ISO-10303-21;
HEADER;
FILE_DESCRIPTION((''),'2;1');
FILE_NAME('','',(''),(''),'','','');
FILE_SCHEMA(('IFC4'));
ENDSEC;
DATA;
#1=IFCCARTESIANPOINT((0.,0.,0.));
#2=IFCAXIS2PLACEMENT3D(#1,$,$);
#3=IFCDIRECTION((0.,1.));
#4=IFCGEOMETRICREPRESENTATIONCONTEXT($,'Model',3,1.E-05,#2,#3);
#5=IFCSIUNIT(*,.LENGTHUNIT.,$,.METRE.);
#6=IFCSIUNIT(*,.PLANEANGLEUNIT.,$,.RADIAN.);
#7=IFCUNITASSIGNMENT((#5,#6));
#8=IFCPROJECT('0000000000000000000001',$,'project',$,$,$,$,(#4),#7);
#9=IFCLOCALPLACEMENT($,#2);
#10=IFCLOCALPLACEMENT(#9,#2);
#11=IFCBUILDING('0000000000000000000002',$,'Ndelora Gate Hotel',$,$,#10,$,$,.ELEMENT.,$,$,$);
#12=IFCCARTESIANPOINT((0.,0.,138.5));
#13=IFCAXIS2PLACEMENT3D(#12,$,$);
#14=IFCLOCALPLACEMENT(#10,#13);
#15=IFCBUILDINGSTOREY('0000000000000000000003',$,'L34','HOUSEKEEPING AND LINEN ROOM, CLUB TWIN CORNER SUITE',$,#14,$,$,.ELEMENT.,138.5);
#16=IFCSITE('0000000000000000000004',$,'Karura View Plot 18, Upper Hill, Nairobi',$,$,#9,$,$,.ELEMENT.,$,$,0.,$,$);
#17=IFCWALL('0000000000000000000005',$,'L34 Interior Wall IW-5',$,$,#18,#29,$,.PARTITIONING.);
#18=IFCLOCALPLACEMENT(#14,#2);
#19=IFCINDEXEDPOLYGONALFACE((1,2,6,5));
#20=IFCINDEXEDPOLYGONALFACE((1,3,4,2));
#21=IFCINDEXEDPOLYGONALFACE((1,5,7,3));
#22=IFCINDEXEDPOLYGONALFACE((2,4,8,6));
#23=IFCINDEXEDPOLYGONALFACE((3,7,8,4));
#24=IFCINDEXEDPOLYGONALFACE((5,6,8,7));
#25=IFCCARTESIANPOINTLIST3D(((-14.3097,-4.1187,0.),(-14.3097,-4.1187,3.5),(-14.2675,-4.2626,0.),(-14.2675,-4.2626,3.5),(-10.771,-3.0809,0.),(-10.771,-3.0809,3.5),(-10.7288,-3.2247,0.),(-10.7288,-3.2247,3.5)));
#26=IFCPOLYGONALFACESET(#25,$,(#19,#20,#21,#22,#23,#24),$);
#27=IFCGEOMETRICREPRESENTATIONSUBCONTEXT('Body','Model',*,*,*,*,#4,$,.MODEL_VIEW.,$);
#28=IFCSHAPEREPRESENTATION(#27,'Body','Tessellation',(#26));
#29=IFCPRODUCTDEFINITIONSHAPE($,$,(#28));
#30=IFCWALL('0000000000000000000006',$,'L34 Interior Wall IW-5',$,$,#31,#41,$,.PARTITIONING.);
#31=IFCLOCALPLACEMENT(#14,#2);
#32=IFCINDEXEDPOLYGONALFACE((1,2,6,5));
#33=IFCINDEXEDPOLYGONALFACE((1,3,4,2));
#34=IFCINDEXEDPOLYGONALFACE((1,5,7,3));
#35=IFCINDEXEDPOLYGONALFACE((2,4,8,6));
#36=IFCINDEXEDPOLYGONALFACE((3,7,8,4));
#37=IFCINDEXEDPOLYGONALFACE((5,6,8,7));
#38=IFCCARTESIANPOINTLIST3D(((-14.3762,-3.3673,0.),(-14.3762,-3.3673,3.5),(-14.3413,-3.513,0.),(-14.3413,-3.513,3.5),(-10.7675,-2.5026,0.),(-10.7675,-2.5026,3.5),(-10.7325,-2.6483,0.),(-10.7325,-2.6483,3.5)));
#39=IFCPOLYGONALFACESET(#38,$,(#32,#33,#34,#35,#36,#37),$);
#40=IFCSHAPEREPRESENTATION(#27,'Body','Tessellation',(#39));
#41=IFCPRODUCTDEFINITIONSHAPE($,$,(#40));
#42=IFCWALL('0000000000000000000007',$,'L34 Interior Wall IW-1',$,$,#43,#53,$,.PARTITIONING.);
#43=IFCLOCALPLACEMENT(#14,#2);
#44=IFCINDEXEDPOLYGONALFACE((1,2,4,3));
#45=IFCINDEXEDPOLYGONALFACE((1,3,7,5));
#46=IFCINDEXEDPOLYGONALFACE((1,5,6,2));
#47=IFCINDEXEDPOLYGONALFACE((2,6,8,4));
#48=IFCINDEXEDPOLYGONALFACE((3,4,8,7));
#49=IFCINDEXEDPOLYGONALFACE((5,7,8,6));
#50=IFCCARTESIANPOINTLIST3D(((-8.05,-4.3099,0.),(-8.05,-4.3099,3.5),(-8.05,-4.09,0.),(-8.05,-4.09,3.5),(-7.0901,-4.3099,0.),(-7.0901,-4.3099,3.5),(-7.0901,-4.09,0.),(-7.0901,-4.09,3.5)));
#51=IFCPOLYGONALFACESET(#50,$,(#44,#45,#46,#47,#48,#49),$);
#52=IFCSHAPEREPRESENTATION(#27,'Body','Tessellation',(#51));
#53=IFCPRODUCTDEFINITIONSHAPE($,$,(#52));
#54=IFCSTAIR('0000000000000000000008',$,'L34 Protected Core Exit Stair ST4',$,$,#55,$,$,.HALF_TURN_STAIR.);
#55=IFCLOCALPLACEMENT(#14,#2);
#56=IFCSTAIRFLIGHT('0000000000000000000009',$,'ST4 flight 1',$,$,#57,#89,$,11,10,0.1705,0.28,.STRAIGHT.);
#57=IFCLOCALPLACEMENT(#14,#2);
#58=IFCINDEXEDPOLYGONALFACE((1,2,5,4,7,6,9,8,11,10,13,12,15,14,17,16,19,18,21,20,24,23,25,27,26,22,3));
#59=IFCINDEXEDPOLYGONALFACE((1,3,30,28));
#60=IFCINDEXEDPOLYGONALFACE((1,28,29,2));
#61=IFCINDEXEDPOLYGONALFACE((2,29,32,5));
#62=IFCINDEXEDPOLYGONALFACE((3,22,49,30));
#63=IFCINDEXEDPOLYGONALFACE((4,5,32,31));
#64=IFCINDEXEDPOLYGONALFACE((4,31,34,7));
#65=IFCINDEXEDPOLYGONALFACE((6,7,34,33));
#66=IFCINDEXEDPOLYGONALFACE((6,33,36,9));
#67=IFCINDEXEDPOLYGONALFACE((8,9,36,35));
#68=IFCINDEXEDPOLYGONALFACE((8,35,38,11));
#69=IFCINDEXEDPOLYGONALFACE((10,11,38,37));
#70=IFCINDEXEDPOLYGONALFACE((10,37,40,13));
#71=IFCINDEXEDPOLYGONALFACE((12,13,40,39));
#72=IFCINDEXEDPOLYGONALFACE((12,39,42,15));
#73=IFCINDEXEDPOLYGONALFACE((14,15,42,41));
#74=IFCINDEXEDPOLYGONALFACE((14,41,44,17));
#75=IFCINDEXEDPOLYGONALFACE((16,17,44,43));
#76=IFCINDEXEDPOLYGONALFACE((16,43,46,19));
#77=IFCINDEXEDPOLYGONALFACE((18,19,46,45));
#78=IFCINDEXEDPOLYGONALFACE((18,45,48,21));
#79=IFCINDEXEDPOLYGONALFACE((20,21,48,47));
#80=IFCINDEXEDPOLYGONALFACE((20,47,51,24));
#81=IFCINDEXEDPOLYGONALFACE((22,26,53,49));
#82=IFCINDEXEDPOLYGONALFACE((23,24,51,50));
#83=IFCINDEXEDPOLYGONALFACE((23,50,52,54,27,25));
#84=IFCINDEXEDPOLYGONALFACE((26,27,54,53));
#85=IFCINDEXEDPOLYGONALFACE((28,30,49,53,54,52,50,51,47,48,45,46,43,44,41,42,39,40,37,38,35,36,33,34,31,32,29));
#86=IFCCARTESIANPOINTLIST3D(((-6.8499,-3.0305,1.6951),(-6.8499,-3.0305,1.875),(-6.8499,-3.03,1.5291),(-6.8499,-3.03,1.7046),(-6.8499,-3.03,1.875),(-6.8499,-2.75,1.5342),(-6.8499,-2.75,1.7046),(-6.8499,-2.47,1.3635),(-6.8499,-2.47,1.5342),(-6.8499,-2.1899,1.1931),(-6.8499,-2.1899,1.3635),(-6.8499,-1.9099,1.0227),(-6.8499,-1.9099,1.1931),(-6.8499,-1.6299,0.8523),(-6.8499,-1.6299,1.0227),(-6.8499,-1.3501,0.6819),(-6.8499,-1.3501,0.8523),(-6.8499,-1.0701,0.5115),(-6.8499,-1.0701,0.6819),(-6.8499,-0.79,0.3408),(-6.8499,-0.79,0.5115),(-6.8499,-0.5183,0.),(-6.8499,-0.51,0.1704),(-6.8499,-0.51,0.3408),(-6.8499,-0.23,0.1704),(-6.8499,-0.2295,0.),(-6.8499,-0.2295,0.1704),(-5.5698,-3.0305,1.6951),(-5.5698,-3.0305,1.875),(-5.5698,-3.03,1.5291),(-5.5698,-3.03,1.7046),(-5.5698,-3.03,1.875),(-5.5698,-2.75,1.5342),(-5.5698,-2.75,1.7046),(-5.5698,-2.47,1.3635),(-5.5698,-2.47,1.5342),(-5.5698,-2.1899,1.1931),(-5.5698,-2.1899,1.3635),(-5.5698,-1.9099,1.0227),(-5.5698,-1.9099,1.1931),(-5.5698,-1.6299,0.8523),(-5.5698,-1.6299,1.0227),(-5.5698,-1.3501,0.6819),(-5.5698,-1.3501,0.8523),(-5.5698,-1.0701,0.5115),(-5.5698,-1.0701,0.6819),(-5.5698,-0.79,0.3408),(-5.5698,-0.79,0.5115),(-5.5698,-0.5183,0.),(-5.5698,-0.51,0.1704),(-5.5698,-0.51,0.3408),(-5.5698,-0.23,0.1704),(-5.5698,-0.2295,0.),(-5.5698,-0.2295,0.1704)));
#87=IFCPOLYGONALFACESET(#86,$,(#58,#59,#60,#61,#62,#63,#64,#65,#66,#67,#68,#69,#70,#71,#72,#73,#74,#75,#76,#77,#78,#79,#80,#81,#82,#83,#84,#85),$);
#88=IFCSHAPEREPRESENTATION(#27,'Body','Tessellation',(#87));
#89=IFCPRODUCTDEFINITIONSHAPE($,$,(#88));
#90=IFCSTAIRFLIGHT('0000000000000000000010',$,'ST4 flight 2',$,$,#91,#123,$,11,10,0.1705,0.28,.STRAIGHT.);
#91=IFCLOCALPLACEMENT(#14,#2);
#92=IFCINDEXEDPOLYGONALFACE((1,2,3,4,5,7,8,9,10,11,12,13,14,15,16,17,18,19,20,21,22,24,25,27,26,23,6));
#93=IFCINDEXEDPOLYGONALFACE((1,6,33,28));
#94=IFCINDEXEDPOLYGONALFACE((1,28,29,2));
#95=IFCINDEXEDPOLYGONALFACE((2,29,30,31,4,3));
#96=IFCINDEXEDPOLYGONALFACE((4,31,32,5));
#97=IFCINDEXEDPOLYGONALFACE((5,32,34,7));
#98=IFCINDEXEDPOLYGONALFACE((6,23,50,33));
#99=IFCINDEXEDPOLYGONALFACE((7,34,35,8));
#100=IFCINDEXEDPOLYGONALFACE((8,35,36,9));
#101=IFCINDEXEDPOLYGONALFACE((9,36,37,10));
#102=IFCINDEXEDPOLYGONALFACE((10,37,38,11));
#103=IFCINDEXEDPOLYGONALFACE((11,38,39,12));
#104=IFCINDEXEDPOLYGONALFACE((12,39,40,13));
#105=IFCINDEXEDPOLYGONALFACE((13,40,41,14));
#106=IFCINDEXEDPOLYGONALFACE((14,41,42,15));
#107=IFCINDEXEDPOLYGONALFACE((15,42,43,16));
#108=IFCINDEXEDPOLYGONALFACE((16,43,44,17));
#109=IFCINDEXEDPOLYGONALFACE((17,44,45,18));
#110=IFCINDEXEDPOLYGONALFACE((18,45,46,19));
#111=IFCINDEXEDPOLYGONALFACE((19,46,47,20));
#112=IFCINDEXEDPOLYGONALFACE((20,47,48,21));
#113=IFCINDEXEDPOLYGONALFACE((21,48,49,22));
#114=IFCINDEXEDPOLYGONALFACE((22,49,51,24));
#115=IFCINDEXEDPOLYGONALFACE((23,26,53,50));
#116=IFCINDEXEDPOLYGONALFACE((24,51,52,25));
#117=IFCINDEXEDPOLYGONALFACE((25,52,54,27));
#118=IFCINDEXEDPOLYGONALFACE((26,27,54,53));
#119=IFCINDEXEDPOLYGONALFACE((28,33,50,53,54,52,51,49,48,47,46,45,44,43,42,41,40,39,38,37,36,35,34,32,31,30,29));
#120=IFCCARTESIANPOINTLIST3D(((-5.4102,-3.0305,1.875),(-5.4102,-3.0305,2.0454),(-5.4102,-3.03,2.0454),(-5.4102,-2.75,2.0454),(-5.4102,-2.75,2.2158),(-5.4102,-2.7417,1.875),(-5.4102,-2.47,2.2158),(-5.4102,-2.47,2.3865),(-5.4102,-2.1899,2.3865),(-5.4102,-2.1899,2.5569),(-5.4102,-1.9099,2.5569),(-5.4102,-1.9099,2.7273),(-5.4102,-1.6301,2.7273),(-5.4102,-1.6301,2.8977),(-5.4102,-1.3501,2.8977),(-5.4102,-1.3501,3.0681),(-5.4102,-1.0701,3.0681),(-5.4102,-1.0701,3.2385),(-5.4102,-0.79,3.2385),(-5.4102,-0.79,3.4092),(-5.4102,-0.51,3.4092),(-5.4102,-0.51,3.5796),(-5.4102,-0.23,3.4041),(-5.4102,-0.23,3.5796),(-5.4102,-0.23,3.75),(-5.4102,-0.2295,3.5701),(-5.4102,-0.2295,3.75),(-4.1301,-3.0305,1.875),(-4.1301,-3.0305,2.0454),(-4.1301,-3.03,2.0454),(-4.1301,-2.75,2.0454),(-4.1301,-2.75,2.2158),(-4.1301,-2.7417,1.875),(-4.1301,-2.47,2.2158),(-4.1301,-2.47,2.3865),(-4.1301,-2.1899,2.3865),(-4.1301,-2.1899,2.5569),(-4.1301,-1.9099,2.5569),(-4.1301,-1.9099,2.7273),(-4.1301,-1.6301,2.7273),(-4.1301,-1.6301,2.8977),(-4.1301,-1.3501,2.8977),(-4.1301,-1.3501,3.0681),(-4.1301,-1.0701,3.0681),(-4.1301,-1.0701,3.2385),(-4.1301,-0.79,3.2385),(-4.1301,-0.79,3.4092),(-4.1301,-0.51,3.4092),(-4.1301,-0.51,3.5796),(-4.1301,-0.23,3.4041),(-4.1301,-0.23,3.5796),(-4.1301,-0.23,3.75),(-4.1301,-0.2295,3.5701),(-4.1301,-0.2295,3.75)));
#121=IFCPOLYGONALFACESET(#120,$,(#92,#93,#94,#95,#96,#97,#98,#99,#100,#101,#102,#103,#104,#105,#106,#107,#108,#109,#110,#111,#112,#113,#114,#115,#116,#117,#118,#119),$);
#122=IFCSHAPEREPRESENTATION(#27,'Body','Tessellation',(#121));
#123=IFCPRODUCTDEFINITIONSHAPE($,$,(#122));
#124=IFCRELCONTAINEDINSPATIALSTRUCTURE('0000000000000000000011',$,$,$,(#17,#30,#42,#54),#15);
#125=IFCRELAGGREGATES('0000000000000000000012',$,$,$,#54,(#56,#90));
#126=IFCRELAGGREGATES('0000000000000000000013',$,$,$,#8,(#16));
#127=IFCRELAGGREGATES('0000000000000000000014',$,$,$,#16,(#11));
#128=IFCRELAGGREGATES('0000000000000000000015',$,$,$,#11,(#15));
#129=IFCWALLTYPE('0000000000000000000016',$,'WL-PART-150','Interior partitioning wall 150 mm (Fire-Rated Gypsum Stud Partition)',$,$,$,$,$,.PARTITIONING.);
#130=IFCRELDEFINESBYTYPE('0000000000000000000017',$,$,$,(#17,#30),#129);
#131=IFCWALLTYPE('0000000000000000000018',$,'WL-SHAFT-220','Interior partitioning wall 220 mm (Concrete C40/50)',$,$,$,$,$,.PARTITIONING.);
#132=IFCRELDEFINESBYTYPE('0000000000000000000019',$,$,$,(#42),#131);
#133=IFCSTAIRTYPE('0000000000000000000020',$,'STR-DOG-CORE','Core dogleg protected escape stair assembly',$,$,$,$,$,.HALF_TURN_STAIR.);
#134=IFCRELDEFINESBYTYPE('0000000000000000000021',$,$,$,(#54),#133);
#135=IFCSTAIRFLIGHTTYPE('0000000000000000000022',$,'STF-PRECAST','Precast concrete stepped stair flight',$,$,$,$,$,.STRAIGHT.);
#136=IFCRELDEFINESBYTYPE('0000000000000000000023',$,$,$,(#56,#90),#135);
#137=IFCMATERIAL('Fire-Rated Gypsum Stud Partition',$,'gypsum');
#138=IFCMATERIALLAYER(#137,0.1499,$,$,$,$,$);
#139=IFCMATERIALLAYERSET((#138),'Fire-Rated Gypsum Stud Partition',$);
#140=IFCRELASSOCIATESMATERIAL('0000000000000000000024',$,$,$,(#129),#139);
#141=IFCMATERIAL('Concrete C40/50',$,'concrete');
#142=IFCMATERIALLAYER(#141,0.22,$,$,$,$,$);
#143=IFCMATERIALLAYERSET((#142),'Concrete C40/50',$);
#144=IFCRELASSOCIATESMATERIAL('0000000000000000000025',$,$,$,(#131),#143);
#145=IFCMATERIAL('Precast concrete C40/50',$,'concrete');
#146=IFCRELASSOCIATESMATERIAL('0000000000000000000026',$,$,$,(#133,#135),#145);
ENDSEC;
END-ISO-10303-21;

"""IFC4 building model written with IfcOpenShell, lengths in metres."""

from ifc_helpers import new_model, si_unit, direction, frame, frame_2d, origin, place, context, subcontext, project, spatial, polyline, rectangle, outline, extrude, material, layer, layer_set, type_object, element, aggregate, save


model = new_model("IFC4")

# Units and contexts
model_context = context("Model", 3, precision=1e-05, world=origin(), true_north=direction((0.0, 1.0)))
body_context = subcontext(model_context, "Body", "Model", "MODEL_VIEW")
ifc_project = project(units=[si_unit("LENGTHUNIT", "METRE"), si_unit("PLANEANGLEUNIT", "RADIAN")], contexts=[model_context])

# Site, building, storey
site_placement = place(None, origin())
site = spatial("IfcSite", under=ifc_project, at=site_placement, Name="Karura View Plot 18, Upper Hill, Nairobi", CompositionType="ELEMENT", RefElevation=0.0)
building_placement = place(site_placement, origin())
building = spatial("IfcBuilding", under=site, at=building_placement, Name="Ndelora Gate Hotel", CompositionType="ELEMENT")
storey_placement = place(building_placement, frame((0.0, 0.0, 138.5)))
storey = spatial("IfcBuildingStorey", under=building, at=storey_placement, Name="L34", Description="HOUSEKEEPING AND LINEN ROOM, CLUB TWIN CORNER SUITE", CompositionType="ELEMENT", Elevation=138.5)

# Shared definitions
ifc_material_1 = material(Name="Fire-Rated Gypsum Stud Partition", Category="gypsum")
ifc_layer_1 = layer(ifc_material_1, 0.1499)
ifc_layer_set_1 = layer_set([ifc_layer_1], Name="Fire-Rated Gypsum Stud Partition")
wall_type_1 = type_object("IfcWallType", Name="WL-PART-150", Description="Interior partitioning wall 150 mm (Fire-Rated Gypsum Stud Partition)", PredefinedType="PARTITIONING", material=ifc_layer_set_1)

# Walls
wall_1_placement = place(storey_placement, frame((-10.75, -3.1528, 0.0), z_axis=(0.0, 0.0, 1.0), x_axis=(-0.959579, -0.281439, 0.0)))
element("IfcWall", 1, at=wall_1_placement, inside=storey, type_object=wall_type_1, Name="L34 Interior Wall IW-5", PredefinedType="PARTITIONING", context=body_context, shape_type="SweptSolid", body=[
    extrude(rectangle(XDim=3.6877, YDim=0.1499, at=frame_2d((1.8438, 0.0))), origin(), (0.0, 0.0, 1.0), 3.5),
])
wall_2_placement = place(storey_placement, frame((-10.75, -2.5754, 0.0), z_axis=(0.0, 0.0, 1.0), x_axis=(-0.972472, -0.23302, 0.0)))
element("IfcWall", 2, at=wall_2_placement, inside=storey, type_object=wall_type_1, Name="L34 Interior Wall IW-5", PredefinedType="PARTITIONING", context=body_context, shape_type="SweptSolid", body=[
    extrude(rectangle(XDim=3.7109, YDim=0.1499, at=frame_2d((1.8555, 0.0))), origin(), (0.0, 0.0, 1.0), 3.5),
])
ifc_material_2 = material(Name="Concrete C40/50", Category="concrete")
ifc_layer_2 = layer(ifc_material_2, 0.22)
ifc_layer_set_2 = layer_set([ifc_layer_2], Name="Concrete C40/50")
wall_type_2 = type_object("IfcWallType", Name="WL-SHAFT-220", Description="Interior partitioning wall 220 mm (Concrete C40/50)", PredefinedType="PARTITIONING", material=ifc_layer_set_2)
wall_3_placement = place(storey_placement, frame((-8.05, -4.2, 0.0), z_axis=(0.0, 0.0, 1.0), x_axis=(1.0, 0.0, 0.0)))
element("IfcWall", 3, at=wall_3_placement, inside=storey, type_object=wall_type_2, Name="L34 Interior Wall IW-1", PredefinedType="PARTITIONING", context=body_context, shape_type="SweptSolid", body=[
    extrude(rectangle(XDim=0.96, YDim=0.22, at=frame_2d((0.48, 0.0))), origin(), (0.0, 0.0, 1.0), 3.5),
])

# Stair, stair flights
ifc_material_3 = material(Name="Precast concrete C40/50", Category="concrete")
stair_type = type_object("IfcStairType", Name="STR-DOG-CORE", Description="Core dogleg protected escape stair assembly", PredefinedType="HALF_TURN_STAIR", material=ifc_material_3)
stair_placement = place(storey_placement, origin())
stair = element("IfcStair", 4, at=stair_placement, inside=storey, type_object=stair_type, Name="L34 Protected Core Exit Stair ST4", PredefinedType="HALF_TURN_STAIR")
stair_flight_type = type_object("IfcStairFlightType", Name="STF-PRECAST", Description="Precast concrete stepped stair flight", PredefinedType="STRAIGHT", material=ifc_material_3)
stair_flight_1_placement = place(storey_placement, frame((-6.21, -0.23, 0.0), z_axis=(0.0, 0.0, 1.0), x_axis=(0.0, -1.0, 0.0)))
stair_flight_1 = element("IfcStairFlight", 5, at=stair_flight_1_placement, type_object=stair_flight_type, Name="ST4 flight 1", NumberOfRisers=11, NumberOfTreads=10, PredefinedType="STRAIGHT", RiserHeight=0.1705, TreadLength=0.28, context=body_context, shape_type="SweptSolid", body=[
    extrude(outline(polyline([(-0.0005, 0.0), (-0.0005, 0.1704), (0.0, 0.1704), (0.28, 0.1704), (0.28, 0.3408), (0.5601, 0.3408), (0.5601, 0.5115), (0.8401, 0.5115), (0.8401, 0.6819), (1.1201, 0.6819), (1.1201, 0.8523), (1.3999, 0.8523), (1.3999, 1.0227), (1.6799, 1.0227), (1.6799, 1.1931), (1.96, 1.1931), (1.96, 1.3635), (2.24, 1.3635), (2.24, 1.5342), (2.52, 1.5342), (2.52, 1.7046), (2.8, 1.7046), (2.8, 1.875), (2.8005, 1.875), (2.8005, 1.6951), (2.8, 1.5291), (0.2883, 0.0), (-0.0005, 0.0)])), frame((0.0, 0.6401, 0.0), z_axis=(0.0, -1.0, 0.0), x_axis=(1.0, 0.0, 0.0)), (0.0, 0.0, 1.0), 1.28),
])
stair_flight_2_placement = place(storey_placement, frame((-4.77, -3.03, 1.875), z_axis=(0.0, 0.0, 1.0), x_axis=(0.0, 1.0, 0.0)))
stair_flight_2 = element("IfcStairFlight", 6, at=stair_flight_2_placement, type_object=stair_flight_type, Name="ST4 flight 2", NumberOfRisers=11, NumberOfTreads=10, PredefinedType="STRAIGHT", RiserHeight=0.1705, TreadLength=0.28, context=body_context, shape_type="SweptSolid", body=[
    extrude(outline(polyline([(-0.0005, 0.0), (-0.0005, 0.1704), (0.0, 0.1704), (0.28, 0.1704), (0.28, 0.3408), (0.5601, 0.3408), (0.5601, 0.5115), (0.8401, 0.5115), (0.8401, 0.6819), (1.1201, 0.6819), (1.1201, 0.8523), (1.3999, 0.8523), (1.3999, 1.0227), (1.6799, 1.0227), (1.6799, 1.1931), (1.96, 1.1931), (1.96, 1.3635), (2.24, 1.3635), (2.24, 1.5342), (2.52, 1.5342), (2.52, 1.7046), (2.8, 1.7046), (2.8, 1.875), (2.8005, 1.875), (2.8005, 1.6951), (2.8, 1.5291), (0.2883, 0.0), (-0.0005, 0.0)])), frame((0.0, 0.6401, 0.0), z_axis=(0.0, -1.0, 0.0), x_axis=(1.0, 0.0, 0.0)), (0.0, 0.0, 1.0), 1.28),
])
aggregate(stair, [stair_flight_1, stair_flight_2])

save(model, "model.ifc")
